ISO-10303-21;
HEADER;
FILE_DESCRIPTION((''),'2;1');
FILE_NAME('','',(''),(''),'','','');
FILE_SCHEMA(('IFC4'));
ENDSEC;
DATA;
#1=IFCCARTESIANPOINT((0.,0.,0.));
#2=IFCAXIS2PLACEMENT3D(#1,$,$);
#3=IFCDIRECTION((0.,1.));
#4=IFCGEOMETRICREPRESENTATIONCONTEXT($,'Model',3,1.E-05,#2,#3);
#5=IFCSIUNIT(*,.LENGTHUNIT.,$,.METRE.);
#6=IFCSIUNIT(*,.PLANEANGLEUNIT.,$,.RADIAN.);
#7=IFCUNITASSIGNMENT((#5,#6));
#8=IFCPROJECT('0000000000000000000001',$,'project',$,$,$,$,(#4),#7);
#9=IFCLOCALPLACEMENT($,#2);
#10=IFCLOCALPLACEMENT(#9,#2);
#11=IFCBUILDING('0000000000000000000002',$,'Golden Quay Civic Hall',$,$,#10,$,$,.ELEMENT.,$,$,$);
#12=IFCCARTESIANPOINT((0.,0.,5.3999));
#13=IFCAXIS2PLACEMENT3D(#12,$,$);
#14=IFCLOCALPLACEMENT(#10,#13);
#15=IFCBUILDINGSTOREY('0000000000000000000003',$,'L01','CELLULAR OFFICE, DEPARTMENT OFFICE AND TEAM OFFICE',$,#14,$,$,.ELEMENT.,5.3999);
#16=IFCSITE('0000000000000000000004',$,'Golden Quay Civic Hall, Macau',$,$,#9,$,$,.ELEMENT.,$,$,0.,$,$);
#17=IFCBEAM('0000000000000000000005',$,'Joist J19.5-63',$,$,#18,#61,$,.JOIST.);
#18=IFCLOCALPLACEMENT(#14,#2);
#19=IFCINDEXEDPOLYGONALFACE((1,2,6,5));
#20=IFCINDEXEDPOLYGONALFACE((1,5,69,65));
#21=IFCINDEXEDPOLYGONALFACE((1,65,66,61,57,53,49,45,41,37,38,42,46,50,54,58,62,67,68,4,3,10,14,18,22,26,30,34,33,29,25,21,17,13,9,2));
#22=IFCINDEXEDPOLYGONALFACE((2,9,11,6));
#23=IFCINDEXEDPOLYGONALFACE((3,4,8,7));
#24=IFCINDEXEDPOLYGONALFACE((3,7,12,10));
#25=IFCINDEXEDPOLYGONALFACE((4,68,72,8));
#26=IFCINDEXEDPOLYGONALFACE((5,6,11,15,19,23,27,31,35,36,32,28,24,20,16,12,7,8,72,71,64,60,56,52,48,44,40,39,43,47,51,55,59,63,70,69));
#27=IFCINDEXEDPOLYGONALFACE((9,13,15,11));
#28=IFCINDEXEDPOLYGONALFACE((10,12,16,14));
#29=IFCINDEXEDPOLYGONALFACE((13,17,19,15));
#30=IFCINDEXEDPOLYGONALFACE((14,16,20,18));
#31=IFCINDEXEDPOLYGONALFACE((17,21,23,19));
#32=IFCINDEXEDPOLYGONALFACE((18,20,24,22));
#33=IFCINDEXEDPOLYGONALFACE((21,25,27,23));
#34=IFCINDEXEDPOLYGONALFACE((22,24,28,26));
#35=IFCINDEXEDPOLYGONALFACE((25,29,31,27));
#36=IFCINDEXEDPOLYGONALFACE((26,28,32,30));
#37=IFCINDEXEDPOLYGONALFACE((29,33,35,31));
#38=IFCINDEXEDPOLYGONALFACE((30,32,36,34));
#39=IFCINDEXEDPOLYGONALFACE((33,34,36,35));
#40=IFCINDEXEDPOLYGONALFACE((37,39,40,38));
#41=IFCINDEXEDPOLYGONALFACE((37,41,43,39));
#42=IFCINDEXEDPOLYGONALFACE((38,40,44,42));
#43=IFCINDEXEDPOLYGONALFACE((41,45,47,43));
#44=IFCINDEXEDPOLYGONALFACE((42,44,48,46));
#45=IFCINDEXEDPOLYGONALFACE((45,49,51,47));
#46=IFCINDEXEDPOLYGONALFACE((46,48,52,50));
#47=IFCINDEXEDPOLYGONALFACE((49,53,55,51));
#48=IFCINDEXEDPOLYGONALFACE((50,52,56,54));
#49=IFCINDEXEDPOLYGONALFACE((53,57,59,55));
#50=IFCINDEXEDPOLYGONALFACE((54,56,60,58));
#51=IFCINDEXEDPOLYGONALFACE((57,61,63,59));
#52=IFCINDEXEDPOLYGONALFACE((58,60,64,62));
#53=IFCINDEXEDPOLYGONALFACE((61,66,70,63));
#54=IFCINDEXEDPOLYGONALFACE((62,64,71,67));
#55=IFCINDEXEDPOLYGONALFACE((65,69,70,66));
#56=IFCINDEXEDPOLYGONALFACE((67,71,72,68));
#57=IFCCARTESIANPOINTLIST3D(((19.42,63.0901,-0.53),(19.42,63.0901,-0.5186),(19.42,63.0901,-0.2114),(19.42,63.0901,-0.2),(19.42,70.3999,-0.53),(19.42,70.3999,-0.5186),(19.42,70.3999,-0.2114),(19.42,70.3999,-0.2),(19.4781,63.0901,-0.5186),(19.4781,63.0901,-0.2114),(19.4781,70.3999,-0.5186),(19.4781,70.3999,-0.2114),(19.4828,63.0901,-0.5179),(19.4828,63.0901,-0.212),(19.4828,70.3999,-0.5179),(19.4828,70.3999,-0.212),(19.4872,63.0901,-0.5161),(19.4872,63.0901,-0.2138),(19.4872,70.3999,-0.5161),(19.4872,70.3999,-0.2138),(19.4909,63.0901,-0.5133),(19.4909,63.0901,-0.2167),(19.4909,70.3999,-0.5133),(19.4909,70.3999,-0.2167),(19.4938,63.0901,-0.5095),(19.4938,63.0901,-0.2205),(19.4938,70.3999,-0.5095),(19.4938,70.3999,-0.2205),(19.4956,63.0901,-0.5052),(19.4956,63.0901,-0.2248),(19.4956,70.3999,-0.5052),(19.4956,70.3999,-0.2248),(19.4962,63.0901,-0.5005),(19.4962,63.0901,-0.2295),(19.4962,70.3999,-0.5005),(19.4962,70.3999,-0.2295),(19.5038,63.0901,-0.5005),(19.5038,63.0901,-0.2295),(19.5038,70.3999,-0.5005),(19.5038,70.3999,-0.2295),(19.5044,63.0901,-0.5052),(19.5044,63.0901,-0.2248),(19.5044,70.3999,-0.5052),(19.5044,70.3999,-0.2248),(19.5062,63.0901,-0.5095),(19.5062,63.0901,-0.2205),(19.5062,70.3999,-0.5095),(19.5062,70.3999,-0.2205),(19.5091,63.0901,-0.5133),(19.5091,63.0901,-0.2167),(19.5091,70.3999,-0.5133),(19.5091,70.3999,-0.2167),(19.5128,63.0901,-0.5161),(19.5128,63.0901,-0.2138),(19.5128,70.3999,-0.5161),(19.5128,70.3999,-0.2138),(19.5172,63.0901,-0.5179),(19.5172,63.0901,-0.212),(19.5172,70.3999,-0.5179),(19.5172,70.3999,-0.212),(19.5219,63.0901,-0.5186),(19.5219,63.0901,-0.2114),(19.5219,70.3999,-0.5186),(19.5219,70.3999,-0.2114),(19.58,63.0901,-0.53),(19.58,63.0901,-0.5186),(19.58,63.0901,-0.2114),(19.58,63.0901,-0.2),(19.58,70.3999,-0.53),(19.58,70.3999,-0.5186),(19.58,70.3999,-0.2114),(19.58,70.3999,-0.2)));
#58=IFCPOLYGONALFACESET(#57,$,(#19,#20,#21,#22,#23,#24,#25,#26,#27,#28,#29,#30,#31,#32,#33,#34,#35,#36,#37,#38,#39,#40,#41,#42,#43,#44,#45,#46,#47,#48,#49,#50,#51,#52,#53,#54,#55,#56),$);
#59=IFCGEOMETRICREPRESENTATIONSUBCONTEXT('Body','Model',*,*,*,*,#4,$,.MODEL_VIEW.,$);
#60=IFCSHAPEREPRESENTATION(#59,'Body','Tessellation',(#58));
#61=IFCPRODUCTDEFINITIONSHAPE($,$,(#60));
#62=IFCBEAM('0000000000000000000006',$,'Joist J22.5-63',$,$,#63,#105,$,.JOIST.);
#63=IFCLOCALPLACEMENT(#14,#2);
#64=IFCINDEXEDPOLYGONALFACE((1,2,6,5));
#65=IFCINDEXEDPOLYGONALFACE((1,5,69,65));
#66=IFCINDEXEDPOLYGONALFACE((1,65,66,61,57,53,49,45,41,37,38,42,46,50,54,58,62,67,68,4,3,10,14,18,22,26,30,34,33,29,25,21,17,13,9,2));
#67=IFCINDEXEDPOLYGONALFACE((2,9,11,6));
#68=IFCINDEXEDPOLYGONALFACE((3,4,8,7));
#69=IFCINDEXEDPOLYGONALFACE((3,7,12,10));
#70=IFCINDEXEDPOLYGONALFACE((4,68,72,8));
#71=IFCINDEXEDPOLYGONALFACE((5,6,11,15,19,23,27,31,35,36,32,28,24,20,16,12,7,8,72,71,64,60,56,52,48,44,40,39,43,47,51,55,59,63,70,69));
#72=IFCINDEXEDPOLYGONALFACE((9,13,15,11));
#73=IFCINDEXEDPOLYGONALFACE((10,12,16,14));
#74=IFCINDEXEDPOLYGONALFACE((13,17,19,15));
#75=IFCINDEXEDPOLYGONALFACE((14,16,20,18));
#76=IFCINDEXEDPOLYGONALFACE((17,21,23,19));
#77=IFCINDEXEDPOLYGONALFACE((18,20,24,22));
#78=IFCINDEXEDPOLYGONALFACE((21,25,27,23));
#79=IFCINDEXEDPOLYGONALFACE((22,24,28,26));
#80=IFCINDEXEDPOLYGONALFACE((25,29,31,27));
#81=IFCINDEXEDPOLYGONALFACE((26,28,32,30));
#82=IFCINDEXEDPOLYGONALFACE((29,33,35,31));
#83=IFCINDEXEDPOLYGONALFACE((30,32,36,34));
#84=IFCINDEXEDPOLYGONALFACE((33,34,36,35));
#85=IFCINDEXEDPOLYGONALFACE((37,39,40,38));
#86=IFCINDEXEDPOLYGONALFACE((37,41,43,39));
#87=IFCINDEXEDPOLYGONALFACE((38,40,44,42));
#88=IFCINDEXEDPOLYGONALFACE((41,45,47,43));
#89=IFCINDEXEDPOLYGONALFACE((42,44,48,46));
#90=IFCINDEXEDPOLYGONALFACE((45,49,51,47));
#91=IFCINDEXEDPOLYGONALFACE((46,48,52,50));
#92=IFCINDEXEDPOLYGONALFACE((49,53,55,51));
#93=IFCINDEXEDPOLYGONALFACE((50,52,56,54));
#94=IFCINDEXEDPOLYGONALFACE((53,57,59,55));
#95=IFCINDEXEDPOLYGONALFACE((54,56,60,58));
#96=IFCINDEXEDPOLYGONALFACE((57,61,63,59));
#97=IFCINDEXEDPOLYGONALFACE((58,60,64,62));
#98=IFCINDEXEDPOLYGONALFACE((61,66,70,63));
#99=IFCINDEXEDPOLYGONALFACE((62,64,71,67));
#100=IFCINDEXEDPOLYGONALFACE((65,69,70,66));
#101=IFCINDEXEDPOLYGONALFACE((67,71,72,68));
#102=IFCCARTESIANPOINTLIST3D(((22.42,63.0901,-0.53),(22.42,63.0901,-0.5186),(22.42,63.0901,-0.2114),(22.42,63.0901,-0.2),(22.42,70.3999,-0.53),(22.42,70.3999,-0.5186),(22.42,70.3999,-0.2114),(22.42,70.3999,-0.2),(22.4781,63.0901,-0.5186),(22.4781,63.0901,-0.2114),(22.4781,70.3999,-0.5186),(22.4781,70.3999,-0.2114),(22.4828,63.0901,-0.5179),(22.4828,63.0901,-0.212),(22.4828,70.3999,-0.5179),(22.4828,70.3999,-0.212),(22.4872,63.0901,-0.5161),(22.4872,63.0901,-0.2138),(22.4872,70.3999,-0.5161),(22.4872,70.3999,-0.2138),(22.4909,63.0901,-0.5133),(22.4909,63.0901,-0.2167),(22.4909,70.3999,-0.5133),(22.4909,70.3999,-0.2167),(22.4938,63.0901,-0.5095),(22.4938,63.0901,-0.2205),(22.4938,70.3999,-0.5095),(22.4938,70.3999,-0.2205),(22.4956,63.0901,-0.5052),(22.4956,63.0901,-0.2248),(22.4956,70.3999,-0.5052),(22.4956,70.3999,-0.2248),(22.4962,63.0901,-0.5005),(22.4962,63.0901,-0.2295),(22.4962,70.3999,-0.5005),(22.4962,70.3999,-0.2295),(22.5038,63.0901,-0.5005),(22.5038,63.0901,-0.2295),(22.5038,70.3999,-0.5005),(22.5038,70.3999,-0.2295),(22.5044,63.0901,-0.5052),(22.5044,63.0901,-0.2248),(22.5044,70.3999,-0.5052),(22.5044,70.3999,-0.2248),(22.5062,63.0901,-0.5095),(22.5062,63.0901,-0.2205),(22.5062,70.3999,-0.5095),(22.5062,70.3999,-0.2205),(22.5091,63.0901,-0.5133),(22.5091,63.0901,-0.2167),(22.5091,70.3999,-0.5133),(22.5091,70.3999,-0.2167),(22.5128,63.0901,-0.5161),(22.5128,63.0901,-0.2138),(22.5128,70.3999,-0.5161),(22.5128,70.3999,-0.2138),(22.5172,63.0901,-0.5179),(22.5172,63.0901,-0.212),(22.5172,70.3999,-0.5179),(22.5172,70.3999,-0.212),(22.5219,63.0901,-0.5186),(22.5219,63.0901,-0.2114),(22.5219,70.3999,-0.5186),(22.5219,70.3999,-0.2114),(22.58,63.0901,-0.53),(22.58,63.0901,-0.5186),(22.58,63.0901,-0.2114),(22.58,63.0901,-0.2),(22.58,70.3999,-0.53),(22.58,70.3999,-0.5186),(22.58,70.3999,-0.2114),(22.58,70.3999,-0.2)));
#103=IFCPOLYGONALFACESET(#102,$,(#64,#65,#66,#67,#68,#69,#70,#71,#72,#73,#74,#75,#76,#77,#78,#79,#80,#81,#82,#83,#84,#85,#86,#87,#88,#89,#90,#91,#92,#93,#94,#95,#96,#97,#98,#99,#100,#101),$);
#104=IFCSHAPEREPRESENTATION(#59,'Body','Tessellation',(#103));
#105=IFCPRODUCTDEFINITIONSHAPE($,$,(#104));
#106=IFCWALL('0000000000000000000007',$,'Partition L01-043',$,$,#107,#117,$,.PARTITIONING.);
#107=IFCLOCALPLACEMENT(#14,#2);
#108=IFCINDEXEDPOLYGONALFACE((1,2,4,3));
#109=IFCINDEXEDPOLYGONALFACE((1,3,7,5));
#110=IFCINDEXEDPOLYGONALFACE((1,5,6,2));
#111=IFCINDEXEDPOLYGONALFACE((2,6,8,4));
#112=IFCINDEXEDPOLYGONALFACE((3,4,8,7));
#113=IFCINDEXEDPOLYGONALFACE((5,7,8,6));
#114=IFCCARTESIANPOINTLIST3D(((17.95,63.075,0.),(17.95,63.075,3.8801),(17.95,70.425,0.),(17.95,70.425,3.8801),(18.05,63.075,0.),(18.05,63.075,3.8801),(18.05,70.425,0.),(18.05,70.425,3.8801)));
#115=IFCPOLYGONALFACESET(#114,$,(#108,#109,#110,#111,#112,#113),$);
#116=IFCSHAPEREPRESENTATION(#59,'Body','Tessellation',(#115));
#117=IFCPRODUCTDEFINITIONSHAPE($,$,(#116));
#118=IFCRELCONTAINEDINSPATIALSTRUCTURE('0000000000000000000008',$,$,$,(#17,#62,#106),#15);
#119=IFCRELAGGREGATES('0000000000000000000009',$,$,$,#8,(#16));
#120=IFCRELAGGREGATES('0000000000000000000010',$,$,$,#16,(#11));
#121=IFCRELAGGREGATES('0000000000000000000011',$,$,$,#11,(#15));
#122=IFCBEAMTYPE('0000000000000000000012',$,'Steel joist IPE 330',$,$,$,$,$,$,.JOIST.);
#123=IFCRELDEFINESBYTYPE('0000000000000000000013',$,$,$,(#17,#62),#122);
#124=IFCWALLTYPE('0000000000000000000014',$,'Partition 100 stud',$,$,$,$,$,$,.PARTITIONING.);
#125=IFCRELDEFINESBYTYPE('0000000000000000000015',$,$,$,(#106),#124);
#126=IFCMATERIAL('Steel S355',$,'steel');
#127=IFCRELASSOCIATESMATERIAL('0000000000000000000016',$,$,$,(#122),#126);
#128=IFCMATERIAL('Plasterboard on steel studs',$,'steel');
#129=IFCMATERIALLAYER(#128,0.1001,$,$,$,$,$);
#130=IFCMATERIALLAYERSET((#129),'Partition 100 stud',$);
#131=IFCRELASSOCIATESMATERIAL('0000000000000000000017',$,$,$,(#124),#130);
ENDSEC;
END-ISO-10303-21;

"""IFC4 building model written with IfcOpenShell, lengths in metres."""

from ifc_helpers import new_model, si_unit, direction, frame, frame_2d, origin, origin_2d, place, context, subcontext, project, spatial, rectangle, i_section, extrude, material, layer, layer_set, material_profile, profile_set, type_object, element, save


model = new_model("IFC4")

# Units and contexts
model_context = context("Model", 3, precision=1e-05, world=origin(), true_north=direction((0.0, 1.0)))
body_context = subcontext(model_context, "Body", "Model", "MODEL_VIEW")
ifc_project = project(units=[si_unit("LENGTHUNIT", "METRE"), si_unit("PLANEANGLEUNIT", "RADIAN")], contexts=[model_context])

# Site, building, storey
site_placement = place(None, origin())
site = spatial("IfcSite", under=ifc_project, at=site_placement, Name="Golden Quay Civic Hall, Macau", CompositionType="ELEMENT", RefElevation=0.0)
building_placement = place(site_placement, origin())
building = spatial("IfcBuilding", under=site, at=building_placement, Name="Golden Quay Civic Hall", CompositionType="ELEMENT")
storey_placement = place(building_placement, frame((0.0, 0.0, 5.3999)))
storey = spatial("IfcBuildingStorey", under=building, at=storey_placement, Name="L01", Description="CELLULAR OFFICE, DEPARTMENT OFFICE AND TEAM OFFICE", CompositionType="ELEMENT", Elevation=5.3999)

# Beams
ifc_material_1 = material(Name="Steel S355", Category="steel")
ifc_material_profile_1 = material_profile(ifc_material_1, i_section(OverallWidth=0.1599, OverallDepth=0.3301, WebThickness=0.0076, FlangeThickness=0.0115, FilletRadius=0.0181, at=origin_2d()), Name="IPE 330")
ifc_profile_set_1 = profile_set([ifc_material_profile_1], Name="Steel S355")
beam_type_1 = type_object("IfcBeamType", Name="Steel joist IPE 330", PredefinedType="JOIST", material=ifc_profile_set_1)
for number, where, z_axis, x_axis, name in (
    (1, (19.5, 63.0901, -0.365), (0.0, 1.0, 0.0), (-1.0, 0.0, 0.0), "Joist J19.5-63"),
    (2, (22.5, 63.0901, -0.365), (0.0, 1.0, 0.0), (-1.0, 0.0, 0.0), "Joist J22.5-63"),
):
    element("IfcBeam", number, at=place(storey_placement, frame(where, z_axis=z_axis, x_axis=x_axis)), inside=storey, type_object=beam_type_1, Name=name, PredefinedType="JOIST", context=body_context, shape_type="SweptSolid", body=[
        extrude(i_section(OverallWidth=0.1599, OverallDepth=0.3301, WebThickness=0.0076, FlangeThickness=0.0115, FilletRadius=0.0181, at=origin_2d()), origin(), (0.0, 0.0, 1.0), 7.3098),
    ])

# Wall
ifc_material_2 = material(Name="Plasterboard on steel studs", Category="steel")
ifc_layer_1 = layer(ifc_material_2, 0.1001)
ifc_layer_set_1 = layer_set([ifc_layer_1], Name="Partition 100 stud")
wall_type_1 = type_object("IfcWallType", Name="Partition 100 stud", PredefinedType="PARTITIONING", material=ifc_layer_set_1)
wall_1_placement = place(storey_placement, frame((18.0, 63.075, 0.0), z_axis=(0.0, 0.0, 1.0), x_axis=(0.0, 1.0, 0.0)))
element("IfcWall", 3, at=wall_1_placement, inside=storey, type_object=wall_type_1, Name="Partition L01-043", PredefinedType="PARTITIONING", context=body_context, shape_type="SweptSolid", body=[
    extrude(rectangle(XDim=7.3501, YDim=0.1001, at=frame_2d((3.675, 0.0))), origin(), (0.0, 0.0, 1.0), 3.8801),
])

save(model, "model.ifc")
